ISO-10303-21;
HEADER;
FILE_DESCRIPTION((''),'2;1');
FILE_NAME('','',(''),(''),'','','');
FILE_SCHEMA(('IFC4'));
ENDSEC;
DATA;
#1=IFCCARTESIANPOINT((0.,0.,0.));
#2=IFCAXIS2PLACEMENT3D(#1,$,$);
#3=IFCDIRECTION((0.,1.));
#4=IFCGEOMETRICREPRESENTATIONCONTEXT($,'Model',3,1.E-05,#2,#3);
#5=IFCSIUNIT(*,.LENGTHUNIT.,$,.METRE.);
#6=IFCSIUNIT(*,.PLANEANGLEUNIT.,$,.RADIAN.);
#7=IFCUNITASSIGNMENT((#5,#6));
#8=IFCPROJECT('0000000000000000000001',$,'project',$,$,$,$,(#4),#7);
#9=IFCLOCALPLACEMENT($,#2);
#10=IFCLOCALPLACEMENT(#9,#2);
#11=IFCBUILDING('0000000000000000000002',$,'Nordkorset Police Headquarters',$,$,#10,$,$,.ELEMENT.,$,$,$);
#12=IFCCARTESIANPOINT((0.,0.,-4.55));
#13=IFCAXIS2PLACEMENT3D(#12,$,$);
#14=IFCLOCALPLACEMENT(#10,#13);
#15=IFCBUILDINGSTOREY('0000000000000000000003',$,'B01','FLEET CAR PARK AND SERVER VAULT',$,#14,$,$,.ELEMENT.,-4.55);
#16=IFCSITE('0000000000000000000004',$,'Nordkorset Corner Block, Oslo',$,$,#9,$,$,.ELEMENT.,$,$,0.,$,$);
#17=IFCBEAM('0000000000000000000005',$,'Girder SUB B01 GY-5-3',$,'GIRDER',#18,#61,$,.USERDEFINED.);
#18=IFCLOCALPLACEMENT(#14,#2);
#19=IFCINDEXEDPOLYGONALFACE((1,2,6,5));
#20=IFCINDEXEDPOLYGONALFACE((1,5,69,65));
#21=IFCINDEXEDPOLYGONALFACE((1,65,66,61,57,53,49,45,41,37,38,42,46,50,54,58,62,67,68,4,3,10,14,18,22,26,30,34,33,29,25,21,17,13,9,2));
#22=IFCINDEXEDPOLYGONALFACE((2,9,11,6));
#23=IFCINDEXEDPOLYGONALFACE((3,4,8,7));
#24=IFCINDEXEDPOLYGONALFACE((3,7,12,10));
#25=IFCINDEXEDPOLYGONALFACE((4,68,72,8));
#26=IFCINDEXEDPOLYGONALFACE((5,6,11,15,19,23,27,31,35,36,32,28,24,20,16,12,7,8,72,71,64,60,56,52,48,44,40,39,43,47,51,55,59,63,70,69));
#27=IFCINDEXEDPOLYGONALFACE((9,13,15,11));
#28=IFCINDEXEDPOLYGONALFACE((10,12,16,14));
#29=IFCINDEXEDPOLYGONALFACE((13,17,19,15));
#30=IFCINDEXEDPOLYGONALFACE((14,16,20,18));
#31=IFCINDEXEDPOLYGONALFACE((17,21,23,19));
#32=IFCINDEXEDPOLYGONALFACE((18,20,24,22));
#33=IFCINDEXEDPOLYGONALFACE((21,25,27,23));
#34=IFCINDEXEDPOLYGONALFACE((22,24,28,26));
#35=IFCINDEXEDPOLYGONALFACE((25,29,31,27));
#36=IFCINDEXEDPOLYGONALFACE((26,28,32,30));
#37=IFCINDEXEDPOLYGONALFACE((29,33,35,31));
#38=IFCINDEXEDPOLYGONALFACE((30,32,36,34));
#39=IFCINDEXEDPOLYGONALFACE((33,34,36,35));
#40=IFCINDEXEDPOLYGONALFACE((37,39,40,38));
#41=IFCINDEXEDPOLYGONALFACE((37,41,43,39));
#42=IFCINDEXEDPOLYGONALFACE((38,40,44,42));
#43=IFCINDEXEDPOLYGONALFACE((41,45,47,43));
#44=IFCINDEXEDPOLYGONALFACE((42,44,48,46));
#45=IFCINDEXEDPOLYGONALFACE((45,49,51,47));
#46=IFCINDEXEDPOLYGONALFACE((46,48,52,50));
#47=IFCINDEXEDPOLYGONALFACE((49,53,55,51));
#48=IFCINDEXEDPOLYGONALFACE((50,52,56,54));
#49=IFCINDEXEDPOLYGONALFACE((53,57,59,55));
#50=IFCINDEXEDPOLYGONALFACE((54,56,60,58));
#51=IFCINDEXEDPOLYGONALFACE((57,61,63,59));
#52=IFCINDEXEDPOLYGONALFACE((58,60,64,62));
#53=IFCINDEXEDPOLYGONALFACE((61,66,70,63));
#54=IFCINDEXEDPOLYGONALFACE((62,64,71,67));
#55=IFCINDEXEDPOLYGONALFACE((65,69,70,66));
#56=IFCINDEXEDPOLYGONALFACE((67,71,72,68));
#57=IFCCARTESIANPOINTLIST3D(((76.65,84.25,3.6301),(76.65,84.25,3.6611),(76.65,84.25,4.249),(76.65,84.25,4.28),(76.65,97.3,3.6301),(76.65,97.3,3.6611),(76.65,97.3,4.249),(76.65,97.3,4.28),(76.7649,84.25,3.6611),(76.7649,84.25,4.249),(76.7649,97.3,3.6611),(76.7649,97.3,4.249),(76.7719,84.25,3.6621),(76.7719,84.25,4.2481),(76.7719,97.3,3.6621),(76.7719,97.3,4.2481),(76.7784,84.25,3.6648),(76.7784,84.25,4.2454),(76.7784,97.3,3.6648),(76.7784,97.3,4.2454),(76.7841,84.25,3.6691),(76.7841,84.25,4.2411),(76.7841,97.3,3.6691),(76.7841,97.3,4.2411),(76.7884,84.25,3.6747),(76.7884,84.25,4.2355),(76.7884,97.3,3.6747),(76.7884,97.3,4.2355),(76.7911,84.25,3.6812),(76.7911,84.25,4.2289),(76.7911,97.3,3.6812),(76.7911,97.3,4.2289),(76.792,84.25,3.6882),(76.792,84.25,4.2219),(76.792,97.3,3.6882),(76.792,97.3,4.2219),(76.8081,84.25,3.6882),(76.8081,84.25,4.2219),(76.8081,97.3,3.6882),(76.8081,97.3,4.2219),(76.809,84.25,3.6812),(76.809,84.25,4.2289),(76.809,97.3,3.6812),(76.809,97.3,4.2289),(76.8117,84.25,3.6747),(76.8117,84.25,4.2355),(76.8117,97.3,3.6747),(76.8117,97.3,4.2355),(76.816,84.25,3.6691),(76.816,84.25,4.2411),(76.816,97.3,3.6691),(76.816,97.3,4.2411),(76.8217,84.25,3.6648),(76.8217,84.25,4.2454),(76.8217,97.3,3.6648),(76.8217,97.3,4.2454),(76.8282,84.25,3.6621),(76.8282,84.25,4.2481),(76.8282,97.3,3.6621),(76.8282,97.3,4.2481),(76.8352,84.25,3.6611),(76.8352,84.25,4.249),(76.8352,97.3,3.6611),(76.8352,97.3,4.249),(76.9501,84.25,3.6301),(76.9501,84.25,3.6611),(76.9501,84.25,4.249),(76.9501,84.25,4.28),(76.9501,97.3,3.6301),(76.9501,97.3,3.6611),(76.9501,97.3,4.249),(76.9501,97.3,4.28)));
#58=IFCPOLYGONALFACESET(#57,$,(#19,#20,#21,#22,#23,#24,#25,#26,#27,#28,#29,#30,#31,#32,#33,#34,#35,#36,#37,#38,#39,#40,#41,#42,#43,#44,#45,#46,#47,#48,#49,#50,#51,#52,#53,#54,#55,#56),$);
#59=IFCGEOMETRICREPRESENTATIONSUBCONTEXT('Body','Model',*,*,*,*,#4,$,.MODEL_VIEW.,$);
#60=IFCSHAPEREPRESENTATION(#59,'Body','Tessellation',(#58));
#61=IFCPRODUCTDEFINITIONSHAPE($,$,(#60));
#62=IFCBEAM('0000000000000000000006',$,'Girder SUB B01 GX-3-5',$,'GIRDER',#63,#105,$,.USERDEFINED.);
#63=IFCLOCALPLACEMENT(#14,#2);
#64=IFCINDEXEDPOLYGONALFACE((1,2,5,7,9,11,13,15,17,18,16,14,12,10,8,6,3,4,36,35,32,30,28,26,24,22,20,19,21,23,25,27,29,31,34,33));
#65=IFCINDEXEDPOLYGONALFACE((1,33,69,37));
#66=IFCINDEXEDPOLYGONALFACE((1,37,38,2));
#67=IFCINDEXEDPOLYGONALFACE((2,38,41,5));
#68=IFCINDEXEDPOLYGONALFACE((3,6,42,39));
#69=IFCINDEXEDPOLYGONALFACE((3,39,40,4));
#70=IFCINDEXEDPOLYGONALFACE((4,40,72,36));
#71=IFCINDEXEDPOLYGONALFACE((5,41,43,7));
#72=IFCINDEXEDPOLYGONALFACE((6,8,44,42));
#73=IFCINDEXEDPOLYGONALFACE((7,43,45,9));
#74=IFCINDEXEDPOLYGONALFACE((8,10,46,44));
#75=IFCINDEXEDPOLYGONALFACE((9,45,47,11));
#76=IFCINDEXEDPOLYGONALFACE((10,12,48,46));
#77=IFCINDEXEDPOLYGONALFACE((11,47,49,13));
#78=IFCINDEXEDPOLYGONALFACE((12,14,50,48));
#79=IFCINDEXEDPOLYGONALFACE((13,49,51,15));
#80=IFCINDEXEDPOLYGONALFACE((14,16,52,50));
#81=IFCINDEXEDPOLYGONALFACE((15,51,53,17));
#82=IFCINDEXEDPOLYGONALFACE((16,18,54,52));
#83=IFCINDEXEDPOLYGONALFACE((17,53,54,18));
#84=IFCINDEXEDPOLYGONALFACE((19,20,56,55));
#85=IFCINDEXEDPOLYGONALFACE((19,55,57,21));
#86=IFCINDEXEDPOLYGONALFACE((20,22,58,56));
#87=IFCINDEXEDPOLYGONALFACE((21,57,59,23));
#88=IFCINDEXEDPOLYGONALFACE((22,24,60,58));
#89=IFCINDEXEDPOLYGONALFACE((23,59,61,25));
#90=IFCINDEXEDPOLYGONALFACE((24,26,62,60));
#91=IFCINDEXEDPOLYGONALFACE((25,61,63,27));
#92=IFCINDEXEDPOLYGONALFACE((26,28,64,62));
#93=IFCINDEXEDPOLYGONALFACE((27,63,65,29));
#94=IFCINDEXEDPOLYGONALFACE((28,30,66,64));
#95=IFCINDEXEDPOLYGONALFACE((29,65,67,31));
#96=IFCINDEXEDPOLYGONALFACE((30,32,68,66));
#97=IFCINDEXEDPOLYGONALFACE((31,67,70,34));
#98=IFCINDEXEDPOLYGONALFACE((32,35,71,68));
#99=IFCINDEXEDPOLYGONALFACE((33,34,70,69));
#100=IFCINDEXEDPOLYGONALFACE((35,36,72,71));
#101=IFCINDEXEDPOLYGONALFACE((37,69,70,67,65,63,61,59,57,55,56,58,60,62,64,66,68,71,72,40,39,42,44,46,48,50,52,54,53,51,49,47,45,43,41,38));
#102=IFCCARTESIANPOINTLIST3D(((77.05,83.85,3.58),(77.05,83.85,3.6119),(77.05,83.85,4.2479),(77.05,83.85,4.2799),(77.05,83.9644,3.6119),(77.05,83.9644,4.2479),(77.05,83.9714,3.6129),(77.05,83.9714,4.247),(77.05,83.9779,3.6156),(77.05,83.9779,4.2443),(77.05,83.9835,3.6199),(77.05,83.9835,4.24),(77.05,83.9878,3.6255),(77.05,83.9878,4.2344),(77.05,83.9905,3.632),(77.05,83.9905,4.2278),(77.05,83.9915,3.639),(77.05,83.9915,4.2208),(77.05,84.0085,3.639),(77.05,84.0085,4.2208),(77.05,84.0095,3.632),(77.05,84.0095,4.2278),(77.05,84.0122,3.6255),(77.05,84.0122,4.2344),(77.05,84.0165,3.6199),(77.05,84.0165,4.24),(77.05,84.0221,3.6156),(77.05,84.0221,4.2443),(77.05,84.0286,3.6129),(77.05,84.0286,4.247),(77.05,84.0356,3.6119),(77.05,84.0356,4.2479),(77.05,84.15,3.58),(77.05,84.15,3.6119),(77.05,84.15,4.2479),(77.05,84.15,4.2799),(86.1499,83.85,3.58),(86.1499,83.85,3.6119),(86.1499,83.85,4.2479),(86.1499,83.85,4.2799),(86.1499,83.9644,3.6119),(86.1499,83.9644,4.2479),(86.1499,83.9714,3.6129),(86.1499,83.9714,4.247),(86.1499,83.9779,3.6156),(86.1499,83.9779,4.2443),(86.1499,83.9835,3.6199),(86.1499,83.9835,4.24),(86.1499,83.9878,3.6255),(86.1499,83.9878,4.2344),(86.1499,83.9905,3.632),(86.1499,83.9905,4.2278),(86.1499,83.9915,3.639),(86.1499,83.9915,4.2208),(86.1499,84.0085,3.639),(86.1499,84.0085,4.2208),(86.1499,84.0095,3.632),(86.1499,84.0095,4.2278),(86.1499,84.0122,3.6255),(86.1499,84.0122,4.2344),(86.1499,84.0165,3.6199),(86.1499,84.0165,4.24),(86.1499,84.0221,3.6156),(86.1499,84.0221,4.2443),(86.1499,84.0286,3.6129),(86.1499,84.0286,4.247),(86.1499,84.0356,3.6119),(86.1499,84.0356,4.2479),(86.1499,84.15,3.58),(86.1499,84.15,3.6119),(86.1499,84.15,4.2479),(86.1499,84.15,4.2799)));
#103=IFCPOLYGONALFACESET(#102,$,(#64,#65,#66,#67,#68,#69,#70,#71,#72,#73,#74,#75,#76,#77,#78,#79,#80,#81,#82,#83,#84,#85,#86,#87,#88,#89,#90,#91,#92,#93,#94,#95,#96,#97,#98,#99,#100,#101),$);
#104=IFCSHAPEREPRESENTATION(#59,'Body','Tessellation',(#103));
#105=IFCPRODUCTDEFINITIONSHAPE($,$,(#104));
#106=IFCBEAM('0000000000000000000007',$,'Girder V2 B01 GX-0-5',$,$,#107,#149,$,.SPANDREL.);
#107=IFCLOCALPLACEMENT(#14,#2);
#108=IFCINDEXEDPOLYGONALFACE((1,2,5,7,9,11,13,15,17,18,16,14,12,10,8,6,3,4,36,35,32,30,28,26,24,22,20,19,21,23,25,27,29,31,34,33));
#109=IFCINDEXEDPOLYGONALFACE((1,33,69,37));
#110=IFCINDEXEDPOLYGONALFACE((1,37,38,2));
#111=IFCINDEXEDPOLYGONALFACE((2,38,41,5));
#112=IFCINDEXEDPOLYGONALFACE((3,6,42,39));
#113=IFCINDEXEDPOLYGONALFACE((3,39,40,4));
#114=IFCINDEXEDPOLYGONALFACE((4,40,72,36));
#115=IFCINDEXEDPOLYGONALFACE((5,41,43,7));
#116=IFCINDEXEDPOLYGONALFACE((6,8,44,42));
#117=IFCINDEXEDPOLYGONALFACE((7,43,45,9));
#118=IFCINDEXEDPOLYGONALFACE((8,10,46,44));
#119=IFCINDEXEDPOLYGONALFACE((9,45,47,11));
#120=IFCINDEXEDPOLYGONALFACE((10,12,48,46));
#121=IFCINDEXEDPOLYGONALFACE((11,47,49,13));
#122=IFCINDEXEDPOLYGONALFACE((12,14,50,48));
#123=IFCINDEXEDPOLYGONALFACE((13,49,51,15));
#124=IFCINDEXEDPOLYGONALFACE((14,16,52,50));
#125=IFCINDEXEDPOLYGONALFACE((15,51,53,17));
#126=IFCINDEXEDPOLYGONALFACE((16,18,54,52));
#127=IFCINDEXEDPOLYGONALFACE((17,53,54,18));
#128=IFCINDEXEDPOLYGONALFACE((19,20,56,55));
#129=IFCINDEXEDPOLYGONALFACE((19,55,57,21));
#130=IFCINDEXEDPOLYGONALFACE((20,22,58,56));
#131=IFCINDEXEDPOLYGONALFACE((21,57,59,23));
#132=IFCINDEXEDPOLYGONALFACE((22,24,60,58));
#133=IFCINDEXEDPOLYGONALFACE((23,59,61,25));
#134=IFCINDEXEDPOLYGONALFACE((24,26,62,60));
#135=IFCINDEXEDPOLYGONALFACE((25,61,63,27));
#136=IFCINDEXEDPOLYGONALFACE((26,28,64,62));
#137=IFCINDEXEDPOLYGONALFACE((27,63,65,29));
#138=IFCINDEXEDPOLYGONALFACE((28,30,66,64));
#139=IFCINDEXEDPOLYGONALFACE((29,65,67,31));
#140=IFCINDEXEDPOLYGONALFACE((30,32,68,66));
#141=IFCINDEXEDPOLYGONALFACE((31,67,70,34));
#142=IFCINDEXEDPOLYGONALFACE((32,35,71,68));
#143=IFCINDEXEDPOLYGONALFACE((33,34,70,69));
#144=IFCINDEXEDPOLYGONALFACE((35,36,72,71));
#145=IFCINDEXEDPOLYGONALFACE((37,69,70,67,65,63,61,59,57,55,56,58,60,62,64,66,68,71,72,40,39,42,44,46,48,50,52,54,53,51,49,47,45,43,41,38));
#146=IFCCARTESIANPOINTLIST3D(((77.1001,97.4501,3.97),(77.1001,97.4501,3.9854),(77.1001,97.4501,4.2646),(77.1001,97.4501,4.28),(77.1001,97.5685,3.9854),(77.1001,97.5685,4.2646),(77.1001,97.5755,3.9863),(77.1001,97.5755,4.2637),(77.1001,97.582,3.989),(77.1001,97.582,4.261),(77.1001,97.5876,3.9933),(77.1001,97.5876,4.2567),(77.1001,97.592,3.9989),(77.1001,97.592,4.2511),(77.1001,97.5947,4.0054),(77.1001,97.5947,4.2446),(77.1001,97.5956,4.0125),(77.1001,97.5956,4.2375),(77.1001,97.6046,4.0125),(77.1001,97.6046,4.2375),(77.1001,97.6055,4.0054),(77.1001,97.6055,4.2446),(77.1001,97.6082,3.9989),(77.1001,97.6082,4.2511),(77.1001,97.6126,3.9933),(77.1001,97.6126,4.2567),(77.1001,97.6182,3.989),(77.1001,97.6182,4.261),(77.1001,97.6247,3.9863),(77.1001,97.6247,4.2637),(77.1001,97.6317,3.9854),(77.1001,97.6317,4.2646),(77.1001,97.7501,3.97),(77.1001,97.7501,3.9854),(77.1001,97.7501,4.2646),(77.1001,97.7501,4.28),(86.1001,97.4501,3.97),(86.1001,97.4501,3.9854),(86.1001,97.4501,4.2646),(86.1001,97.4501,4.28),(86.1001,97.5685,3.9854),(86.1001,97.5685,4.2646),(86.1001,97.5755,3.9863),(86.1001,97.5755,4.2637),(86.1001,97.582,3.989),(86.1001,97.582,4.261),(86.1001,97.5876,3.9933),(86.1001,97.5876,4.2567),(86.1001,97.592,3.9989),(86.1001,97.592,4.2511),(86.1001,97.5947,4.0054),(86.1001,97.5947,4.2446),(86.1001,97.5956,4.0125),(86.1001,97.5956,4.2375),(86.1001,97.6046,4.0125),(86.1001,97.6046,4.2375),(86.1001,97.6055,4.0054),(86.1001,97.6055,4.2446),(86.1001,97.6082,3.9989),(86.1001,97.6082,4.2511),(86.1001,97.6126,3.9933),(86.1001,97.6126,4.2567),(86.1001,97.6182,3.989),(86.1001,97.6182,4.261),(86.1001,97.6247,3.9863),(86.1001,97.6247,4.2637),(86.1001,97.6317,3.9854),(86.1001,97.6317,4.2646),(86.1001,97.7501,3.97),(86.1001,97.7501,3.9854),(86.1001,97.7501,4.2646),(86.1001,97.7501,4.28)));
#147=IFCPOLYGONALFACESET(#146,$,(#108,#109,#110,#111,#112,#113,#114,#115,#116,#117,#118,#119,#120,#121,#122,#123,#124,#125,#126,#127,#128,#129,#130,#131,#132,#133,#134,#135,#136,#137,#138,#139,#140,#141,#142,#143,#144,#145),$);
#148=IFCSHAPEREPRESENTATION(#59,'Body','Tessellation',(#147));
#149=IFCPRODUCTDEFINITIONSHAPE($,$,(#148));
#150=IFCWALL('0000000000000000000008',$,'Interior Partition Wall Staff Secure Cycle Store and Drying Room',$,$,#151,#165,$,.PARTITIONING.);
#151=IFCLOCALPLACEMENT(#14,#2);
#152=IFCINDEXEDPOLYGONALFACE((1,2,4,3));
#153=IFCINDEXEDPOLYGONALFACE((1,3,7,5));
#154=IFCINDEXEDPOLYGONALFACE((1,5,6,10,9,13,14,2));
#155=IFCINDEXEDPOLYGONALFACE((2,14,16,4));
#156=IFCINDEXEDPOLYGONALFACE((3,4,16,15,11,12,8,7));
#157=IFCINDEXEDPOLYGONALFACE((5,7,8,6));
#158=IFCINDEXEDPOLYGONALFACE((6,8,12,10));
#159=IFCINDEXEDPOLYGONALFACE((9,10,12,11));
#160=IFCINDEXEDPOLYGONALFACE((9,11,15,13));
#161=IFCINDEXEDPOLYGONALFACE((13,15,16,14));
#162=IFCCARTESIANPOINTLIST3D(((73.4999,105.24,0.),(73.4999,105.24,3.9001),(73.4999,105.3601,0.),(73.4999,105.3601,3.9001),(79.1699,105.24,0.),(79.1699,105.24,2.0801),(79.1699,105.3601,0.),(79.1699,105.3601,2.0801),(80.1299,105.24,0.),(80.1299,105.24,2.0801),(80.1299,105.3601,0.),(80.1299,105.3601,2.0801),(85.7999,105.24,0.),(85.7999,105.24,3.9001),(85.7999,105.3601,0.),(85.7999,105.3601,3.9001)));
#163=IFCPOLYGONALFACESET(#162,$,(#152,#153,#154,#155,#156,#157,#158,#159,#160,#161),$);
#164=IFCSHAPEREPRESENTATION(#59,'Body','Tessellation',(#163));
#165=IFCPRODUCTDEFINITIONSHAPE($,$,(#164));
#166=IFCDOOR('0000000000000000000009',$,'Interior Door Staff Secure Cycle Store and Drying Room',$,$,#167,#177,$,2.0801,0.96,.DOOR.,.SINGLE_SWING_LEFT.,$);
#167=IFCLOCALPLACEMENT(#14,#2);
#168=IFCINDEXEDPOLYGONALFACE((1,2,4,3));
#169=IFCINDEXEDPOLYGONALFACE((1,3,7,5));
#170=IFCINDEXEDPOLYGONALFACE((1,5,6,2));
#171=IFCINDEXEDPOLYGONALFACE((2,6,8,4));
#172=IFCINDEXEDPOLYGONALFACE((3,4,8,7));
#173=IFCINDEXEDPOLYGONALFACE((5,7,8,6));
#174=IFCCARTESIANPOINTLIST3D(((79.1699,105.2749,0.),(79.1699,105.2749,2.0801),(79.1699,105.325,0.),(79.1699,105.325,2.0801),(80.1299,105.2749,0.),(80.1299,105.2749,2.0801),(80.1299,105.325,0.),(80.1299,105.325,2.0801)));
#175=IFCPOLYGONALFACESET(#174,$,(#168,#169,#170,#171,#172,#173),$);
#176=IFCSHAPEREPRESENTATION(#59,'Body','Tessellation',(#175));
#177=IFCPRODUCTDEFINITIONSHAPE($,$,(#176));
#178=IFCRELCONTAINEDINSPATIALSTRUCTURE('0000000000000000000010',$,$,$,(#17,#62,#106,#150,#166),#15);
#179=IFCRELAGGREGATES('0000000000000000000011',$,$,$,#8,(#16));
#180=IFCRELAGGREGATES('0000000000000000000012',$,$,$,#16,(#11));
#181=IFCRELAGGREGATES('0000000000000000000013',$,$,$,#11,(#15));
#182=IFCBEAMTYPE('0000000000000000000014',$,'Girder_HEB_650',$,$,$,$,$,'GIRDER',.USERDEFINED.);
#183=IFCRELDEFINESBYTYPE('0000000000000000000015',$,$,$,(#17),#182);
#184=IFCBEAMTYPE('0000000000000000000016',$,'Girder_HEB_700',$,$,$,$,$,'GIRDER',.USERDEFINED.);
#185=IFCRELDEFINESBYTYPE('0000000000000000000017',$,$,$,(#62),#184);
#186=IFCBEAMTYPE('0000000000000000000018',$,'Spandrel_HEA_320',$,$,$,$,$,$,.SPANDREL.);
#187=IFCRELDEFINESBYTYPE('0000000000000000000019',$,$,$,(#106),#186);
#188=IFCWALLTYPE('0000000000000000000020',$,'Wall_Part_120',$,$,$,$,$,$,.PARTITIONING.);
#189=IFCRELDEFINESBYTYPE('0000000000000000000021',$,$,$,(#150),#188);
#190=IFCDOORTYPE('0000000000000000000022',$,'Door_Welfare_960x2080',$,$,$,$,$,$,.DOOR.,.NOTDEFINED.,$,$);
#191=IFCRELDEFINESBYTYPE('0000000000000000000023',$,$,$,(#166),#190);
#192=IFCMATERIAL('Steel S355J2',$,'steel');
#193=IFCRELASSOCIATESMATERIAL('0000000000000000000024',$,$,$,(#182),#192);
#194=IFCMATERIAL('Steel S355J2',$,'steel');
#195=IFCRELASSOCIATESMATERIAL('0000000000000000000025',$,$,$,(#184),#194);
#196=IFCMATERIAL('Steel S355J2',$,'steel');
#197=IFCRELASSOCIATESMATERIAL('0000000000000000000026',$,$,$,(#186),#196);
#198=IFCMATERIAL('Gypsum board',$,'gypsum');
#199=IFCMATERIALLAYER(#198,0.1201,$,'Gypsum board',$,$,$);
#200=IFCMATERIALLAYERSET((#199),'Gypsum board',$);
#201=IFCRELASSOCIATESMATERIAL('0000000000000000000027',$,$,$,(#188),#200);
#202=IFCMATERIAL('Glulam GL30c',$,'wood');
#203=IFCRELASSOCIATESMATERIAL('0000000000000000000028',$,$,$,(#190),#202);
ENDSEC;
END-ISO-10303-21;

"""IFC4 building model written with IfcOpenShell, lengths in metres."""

from ifc_helpers import new_model, si_unit, direction, frame, frame_2d, origin, origin_2d, place, context, subcontext, project, spatial, rectangle, i_section, extrude, material, layer, layer_set, material_profile, profile_set, type_object, element, fill, save


model = new_model("IFC4")

# Units and contexts
model_context = context("Model", 3, precision=1e-05, world=origin(), true_north=direction((0.0, 1.0)))
body_context = subcontext(model_context, "Body", "Model", "MODEL_VIEW")
ifc_project = project(units=[si_unit("LENGTHUNIT", "METRE"), si_unit("PLANEANGLEUNIT", "RADIAN")], contexts=[model_context])

# Site, building, storey
site_placement = place(None, origin())
site = spatial("IfcSite", under=ifc_project, at=site_placement, Name="Nordkorset Corner Block, Oslo", CompositionType="ELEMENT", RefElevation=0.0)
building_placement = place(site_placement, origin())
building = spatial("IfcBuilding", under=site, at=building_placement, Name="Nordkorset Police Headquarters", CompositionType="ELEMENT")
storey_placement = place(building_placement, frame((0.0, 0.0, -4.55)))
storey = spatial("IfcBuildingStorey", under=building, at=storey_placement, Name="B01", Description="FLEET CAR PARK AND SERVER VAULT", CompositionType="ELEMENT", Elevation=-4.55)

# Beams
ifc_material_1 = material(Name="Steel S355J2", Category="steel")
ifc_material_profile_1 = material_profile(ifc_material_1, i_section(OverallWidth=0.3, OverallDepth=0.6499, WebThickness=0.0161, FlangeThickness=0.031, FilletRadius=0.0271, at=origin_2d()), Name="HEB 650")
ifc_profile_set_1 = profile_set([ifc_material_profile_1], Name="Steel S355J2")
beam_type_1 = type_object("IfcBeamType", Name="Girder_HEB_650", ElementType="GIRDER", PredefinedType="USERDEFINED", material=ifc_profile_set_1)
beam_1_placement = place(storey_placement, frame((76.8, 84.25, 3.9551), z_axis=(0.0, 1.0, 0.0), x_axis=(-1.0, 0.0, 0.0)))
element("IfcBeam", 1, at=beam_1_placement, inside=storey, type_object=beam_type_1, Name="Girder SUB B01 GY-5-3", ObjectType="GIRDER", PredefinedType="USERDEFINED", context=body_context, shape_type="SweptSolid", body=[
    extrude(i_section(OverallWidth=0.3, OverallDepth=0.6499, WebThickness=0.0161, FlangeThickness=0.031, FilletRadius=0.0271, at=origin_2d()), origin(), (0.0, 0.0, 1.0), 13.05),
])
ifc_material_2 = material(Name="Steel S355J2", Category="steel")
ifc_material_profile_2 = material_profile(ifc_material_2, i_section(OverallWidth=0.3, OverallDepth=0.7, WebThickness=0.0171, FlangeThickness=0.032, FilletRadius=0.0271, at=origin_2d()), Name="HEB 700")
ifc_profile_set_2 = profile_set([ifc_material_profile_2], Name="Steel S355J2")
beam_type_2 = type_object("IfcBeamType", Name="Girder_HEB_700", ElementType="GIRDER", PredefinedType="USERDEFINED", material=ifc_profile_set_2)
beam_2_placement = place(storey_placement, frame((77.05, 84.0, 3.9299), z_axis=(1.0, 0.0, 0.0), x_axis=(0.0, 1.0, 0.0)))
element("IfcBeam", 2, at=beam_2_placement, inside=storey, type_object=beam_type_2, Name="Girder SUB B01 GX-3-5", ObjectType="GIRDER", PredefinedType="USERDEFINED", context=body_context, shape_type="SweptSolid", body=[
    extrude(i_section(OverallWidth=0.3, OverallDepth=0.7, WebThickness=0.0171, FlangeThickness=0.032, FilletRadius=0.0271, at=origin_2d()), origin(), (0.0, 0.0, 1.0), 9.0999),
])
ifc_material_3 = material(Name="Steel S355J2", Category="steel")
ifc_material_profile_3 = material_profile(ifc_material_3, i_section(OverallWidth=0.3, OverallDepth=0.3101, WebThickness=0.009, FlangeThickness=0.0154, FilletRadius=0.0271, at=origin_2d()), Name="HEA 320")
ifc_profile_set_3 = profile_set([ifc_material_profile_3], Name="Steel S355J2")
beam_type_3 = type_object("IfcBeamType", Name="Spandrel_HEA_320", PredefinedType="SPANDREL", material=ifc_profile_set_3)
beam_3_placement = place(storey_placement, frame((77.1001, 97.6001, 4.125), z_axis=(1.0, 0.0, 0.0), x_axis=(0.0, 1.0, 0.0)))
element("IfcBeam", 3, at=beam_3_placement, inside=storey, type_object=beam_type_3, Name="Girder V2 B01 GX-0-5", PredefinedType="SPANDREL", context=body_context, shape_type="SweptSolid", body=[
    extrude(i_section(OverallWidth=0.3, OverallDepth=0.3101, WebThickness=0.009, FlangeThickness=0.0154, FilletRadius=0.0271, at=origin_2d()), origin(), (0.0, 0.0, 1.0), 9.0),
])

# Wall, opening, door
ifc_material_4 = material(Name="Gypsum board", Category="gypsum")
ifc_layer = layer(ifc_material_4, 0.1201, Name="Gypsum board")
ifc_layer_set = layer_set([ifc_layer], Name="Gypsum board")
wall_type = type_object("IfcWallType", Name="Wall_Part_120", PredefinedType="PARTITIONING", material=ifc_layer_set)
wall_placement = place(storey_placement, frame((73.5, 105.3, 0.0), z_axis=(0.0, 0.0, 1.0), x_axis=(1.0, 0.0, 0.0)))
wall = element("IfcWall", 4, at=wall_placement, inside=storey, type_object=wall_type, Name="Interior Partition Wall Staff Secure Cycle Store and Drying Room", PredefinedType="PARTITIONING", context=body_context, shape_type="SweptSolid", body=[
    extrude(rectangle(XDim=12.3, YDim=0.1201, at=frame_2d((6.1499, 0.0))), origin(), (0.0, 0.0, 1.0), 3.9001),
])
opening_placement = place(wall_placement, frame((5.6699, 0.0, 0.0)))
opening = element("IfcOpeningElement", 5, at=opening_placement, cuts=wall, PredefinedType="OPENING", context=body_context, shape_type="SweptSolid", body=[
    extrude(rectangle(XDim=0.96, YDim=2.0801, at=frame_2d((0.48, 1.04))), frame((0.0, 0.0701, 0.0), z_axis=(0.0, -1.0, 0.0), x_axis=(1.0, 0.0, 0.0)), (0.0, 0.0, 1.0), 0.1401),
])
ifc_material_5 = material(Name="Glulam GL30c", Category="wood")
door_type = type_object("IfcDoorType", Name="Door_Welfare_960x2080", OperationType="NOTDEFINED", PredefinedType="DOOR", material=ifc_material_5)
door_placement = place(opening_placement, origin())
door = element("IfcDoor", 6, at=door_placement, inside=storey, type_object=door_type, Name="Interior Door Staff Secure Cycle Store and Drying Room", OperationType="SINGLE_SWING_LEFT", OverallHeight=2.0801, OverallWidth=0.96, PredefinedType="DOOR", context=body_context, shape_type="SweptSolid", body=[
    extrude(rectangle(XDim=0.96, YDim=2.0801, at=frame_2d((0.48, 1.04))), frame((0.0, 0.0249, 0.0), z_axis=(0.0, -1.0, 0.0), x_axis=(1.0, 0.0, 0.0)), (0.0, 0.0, 1.0), 0.05),
])
fill(opening, door)

save(model, "model.ifc")
